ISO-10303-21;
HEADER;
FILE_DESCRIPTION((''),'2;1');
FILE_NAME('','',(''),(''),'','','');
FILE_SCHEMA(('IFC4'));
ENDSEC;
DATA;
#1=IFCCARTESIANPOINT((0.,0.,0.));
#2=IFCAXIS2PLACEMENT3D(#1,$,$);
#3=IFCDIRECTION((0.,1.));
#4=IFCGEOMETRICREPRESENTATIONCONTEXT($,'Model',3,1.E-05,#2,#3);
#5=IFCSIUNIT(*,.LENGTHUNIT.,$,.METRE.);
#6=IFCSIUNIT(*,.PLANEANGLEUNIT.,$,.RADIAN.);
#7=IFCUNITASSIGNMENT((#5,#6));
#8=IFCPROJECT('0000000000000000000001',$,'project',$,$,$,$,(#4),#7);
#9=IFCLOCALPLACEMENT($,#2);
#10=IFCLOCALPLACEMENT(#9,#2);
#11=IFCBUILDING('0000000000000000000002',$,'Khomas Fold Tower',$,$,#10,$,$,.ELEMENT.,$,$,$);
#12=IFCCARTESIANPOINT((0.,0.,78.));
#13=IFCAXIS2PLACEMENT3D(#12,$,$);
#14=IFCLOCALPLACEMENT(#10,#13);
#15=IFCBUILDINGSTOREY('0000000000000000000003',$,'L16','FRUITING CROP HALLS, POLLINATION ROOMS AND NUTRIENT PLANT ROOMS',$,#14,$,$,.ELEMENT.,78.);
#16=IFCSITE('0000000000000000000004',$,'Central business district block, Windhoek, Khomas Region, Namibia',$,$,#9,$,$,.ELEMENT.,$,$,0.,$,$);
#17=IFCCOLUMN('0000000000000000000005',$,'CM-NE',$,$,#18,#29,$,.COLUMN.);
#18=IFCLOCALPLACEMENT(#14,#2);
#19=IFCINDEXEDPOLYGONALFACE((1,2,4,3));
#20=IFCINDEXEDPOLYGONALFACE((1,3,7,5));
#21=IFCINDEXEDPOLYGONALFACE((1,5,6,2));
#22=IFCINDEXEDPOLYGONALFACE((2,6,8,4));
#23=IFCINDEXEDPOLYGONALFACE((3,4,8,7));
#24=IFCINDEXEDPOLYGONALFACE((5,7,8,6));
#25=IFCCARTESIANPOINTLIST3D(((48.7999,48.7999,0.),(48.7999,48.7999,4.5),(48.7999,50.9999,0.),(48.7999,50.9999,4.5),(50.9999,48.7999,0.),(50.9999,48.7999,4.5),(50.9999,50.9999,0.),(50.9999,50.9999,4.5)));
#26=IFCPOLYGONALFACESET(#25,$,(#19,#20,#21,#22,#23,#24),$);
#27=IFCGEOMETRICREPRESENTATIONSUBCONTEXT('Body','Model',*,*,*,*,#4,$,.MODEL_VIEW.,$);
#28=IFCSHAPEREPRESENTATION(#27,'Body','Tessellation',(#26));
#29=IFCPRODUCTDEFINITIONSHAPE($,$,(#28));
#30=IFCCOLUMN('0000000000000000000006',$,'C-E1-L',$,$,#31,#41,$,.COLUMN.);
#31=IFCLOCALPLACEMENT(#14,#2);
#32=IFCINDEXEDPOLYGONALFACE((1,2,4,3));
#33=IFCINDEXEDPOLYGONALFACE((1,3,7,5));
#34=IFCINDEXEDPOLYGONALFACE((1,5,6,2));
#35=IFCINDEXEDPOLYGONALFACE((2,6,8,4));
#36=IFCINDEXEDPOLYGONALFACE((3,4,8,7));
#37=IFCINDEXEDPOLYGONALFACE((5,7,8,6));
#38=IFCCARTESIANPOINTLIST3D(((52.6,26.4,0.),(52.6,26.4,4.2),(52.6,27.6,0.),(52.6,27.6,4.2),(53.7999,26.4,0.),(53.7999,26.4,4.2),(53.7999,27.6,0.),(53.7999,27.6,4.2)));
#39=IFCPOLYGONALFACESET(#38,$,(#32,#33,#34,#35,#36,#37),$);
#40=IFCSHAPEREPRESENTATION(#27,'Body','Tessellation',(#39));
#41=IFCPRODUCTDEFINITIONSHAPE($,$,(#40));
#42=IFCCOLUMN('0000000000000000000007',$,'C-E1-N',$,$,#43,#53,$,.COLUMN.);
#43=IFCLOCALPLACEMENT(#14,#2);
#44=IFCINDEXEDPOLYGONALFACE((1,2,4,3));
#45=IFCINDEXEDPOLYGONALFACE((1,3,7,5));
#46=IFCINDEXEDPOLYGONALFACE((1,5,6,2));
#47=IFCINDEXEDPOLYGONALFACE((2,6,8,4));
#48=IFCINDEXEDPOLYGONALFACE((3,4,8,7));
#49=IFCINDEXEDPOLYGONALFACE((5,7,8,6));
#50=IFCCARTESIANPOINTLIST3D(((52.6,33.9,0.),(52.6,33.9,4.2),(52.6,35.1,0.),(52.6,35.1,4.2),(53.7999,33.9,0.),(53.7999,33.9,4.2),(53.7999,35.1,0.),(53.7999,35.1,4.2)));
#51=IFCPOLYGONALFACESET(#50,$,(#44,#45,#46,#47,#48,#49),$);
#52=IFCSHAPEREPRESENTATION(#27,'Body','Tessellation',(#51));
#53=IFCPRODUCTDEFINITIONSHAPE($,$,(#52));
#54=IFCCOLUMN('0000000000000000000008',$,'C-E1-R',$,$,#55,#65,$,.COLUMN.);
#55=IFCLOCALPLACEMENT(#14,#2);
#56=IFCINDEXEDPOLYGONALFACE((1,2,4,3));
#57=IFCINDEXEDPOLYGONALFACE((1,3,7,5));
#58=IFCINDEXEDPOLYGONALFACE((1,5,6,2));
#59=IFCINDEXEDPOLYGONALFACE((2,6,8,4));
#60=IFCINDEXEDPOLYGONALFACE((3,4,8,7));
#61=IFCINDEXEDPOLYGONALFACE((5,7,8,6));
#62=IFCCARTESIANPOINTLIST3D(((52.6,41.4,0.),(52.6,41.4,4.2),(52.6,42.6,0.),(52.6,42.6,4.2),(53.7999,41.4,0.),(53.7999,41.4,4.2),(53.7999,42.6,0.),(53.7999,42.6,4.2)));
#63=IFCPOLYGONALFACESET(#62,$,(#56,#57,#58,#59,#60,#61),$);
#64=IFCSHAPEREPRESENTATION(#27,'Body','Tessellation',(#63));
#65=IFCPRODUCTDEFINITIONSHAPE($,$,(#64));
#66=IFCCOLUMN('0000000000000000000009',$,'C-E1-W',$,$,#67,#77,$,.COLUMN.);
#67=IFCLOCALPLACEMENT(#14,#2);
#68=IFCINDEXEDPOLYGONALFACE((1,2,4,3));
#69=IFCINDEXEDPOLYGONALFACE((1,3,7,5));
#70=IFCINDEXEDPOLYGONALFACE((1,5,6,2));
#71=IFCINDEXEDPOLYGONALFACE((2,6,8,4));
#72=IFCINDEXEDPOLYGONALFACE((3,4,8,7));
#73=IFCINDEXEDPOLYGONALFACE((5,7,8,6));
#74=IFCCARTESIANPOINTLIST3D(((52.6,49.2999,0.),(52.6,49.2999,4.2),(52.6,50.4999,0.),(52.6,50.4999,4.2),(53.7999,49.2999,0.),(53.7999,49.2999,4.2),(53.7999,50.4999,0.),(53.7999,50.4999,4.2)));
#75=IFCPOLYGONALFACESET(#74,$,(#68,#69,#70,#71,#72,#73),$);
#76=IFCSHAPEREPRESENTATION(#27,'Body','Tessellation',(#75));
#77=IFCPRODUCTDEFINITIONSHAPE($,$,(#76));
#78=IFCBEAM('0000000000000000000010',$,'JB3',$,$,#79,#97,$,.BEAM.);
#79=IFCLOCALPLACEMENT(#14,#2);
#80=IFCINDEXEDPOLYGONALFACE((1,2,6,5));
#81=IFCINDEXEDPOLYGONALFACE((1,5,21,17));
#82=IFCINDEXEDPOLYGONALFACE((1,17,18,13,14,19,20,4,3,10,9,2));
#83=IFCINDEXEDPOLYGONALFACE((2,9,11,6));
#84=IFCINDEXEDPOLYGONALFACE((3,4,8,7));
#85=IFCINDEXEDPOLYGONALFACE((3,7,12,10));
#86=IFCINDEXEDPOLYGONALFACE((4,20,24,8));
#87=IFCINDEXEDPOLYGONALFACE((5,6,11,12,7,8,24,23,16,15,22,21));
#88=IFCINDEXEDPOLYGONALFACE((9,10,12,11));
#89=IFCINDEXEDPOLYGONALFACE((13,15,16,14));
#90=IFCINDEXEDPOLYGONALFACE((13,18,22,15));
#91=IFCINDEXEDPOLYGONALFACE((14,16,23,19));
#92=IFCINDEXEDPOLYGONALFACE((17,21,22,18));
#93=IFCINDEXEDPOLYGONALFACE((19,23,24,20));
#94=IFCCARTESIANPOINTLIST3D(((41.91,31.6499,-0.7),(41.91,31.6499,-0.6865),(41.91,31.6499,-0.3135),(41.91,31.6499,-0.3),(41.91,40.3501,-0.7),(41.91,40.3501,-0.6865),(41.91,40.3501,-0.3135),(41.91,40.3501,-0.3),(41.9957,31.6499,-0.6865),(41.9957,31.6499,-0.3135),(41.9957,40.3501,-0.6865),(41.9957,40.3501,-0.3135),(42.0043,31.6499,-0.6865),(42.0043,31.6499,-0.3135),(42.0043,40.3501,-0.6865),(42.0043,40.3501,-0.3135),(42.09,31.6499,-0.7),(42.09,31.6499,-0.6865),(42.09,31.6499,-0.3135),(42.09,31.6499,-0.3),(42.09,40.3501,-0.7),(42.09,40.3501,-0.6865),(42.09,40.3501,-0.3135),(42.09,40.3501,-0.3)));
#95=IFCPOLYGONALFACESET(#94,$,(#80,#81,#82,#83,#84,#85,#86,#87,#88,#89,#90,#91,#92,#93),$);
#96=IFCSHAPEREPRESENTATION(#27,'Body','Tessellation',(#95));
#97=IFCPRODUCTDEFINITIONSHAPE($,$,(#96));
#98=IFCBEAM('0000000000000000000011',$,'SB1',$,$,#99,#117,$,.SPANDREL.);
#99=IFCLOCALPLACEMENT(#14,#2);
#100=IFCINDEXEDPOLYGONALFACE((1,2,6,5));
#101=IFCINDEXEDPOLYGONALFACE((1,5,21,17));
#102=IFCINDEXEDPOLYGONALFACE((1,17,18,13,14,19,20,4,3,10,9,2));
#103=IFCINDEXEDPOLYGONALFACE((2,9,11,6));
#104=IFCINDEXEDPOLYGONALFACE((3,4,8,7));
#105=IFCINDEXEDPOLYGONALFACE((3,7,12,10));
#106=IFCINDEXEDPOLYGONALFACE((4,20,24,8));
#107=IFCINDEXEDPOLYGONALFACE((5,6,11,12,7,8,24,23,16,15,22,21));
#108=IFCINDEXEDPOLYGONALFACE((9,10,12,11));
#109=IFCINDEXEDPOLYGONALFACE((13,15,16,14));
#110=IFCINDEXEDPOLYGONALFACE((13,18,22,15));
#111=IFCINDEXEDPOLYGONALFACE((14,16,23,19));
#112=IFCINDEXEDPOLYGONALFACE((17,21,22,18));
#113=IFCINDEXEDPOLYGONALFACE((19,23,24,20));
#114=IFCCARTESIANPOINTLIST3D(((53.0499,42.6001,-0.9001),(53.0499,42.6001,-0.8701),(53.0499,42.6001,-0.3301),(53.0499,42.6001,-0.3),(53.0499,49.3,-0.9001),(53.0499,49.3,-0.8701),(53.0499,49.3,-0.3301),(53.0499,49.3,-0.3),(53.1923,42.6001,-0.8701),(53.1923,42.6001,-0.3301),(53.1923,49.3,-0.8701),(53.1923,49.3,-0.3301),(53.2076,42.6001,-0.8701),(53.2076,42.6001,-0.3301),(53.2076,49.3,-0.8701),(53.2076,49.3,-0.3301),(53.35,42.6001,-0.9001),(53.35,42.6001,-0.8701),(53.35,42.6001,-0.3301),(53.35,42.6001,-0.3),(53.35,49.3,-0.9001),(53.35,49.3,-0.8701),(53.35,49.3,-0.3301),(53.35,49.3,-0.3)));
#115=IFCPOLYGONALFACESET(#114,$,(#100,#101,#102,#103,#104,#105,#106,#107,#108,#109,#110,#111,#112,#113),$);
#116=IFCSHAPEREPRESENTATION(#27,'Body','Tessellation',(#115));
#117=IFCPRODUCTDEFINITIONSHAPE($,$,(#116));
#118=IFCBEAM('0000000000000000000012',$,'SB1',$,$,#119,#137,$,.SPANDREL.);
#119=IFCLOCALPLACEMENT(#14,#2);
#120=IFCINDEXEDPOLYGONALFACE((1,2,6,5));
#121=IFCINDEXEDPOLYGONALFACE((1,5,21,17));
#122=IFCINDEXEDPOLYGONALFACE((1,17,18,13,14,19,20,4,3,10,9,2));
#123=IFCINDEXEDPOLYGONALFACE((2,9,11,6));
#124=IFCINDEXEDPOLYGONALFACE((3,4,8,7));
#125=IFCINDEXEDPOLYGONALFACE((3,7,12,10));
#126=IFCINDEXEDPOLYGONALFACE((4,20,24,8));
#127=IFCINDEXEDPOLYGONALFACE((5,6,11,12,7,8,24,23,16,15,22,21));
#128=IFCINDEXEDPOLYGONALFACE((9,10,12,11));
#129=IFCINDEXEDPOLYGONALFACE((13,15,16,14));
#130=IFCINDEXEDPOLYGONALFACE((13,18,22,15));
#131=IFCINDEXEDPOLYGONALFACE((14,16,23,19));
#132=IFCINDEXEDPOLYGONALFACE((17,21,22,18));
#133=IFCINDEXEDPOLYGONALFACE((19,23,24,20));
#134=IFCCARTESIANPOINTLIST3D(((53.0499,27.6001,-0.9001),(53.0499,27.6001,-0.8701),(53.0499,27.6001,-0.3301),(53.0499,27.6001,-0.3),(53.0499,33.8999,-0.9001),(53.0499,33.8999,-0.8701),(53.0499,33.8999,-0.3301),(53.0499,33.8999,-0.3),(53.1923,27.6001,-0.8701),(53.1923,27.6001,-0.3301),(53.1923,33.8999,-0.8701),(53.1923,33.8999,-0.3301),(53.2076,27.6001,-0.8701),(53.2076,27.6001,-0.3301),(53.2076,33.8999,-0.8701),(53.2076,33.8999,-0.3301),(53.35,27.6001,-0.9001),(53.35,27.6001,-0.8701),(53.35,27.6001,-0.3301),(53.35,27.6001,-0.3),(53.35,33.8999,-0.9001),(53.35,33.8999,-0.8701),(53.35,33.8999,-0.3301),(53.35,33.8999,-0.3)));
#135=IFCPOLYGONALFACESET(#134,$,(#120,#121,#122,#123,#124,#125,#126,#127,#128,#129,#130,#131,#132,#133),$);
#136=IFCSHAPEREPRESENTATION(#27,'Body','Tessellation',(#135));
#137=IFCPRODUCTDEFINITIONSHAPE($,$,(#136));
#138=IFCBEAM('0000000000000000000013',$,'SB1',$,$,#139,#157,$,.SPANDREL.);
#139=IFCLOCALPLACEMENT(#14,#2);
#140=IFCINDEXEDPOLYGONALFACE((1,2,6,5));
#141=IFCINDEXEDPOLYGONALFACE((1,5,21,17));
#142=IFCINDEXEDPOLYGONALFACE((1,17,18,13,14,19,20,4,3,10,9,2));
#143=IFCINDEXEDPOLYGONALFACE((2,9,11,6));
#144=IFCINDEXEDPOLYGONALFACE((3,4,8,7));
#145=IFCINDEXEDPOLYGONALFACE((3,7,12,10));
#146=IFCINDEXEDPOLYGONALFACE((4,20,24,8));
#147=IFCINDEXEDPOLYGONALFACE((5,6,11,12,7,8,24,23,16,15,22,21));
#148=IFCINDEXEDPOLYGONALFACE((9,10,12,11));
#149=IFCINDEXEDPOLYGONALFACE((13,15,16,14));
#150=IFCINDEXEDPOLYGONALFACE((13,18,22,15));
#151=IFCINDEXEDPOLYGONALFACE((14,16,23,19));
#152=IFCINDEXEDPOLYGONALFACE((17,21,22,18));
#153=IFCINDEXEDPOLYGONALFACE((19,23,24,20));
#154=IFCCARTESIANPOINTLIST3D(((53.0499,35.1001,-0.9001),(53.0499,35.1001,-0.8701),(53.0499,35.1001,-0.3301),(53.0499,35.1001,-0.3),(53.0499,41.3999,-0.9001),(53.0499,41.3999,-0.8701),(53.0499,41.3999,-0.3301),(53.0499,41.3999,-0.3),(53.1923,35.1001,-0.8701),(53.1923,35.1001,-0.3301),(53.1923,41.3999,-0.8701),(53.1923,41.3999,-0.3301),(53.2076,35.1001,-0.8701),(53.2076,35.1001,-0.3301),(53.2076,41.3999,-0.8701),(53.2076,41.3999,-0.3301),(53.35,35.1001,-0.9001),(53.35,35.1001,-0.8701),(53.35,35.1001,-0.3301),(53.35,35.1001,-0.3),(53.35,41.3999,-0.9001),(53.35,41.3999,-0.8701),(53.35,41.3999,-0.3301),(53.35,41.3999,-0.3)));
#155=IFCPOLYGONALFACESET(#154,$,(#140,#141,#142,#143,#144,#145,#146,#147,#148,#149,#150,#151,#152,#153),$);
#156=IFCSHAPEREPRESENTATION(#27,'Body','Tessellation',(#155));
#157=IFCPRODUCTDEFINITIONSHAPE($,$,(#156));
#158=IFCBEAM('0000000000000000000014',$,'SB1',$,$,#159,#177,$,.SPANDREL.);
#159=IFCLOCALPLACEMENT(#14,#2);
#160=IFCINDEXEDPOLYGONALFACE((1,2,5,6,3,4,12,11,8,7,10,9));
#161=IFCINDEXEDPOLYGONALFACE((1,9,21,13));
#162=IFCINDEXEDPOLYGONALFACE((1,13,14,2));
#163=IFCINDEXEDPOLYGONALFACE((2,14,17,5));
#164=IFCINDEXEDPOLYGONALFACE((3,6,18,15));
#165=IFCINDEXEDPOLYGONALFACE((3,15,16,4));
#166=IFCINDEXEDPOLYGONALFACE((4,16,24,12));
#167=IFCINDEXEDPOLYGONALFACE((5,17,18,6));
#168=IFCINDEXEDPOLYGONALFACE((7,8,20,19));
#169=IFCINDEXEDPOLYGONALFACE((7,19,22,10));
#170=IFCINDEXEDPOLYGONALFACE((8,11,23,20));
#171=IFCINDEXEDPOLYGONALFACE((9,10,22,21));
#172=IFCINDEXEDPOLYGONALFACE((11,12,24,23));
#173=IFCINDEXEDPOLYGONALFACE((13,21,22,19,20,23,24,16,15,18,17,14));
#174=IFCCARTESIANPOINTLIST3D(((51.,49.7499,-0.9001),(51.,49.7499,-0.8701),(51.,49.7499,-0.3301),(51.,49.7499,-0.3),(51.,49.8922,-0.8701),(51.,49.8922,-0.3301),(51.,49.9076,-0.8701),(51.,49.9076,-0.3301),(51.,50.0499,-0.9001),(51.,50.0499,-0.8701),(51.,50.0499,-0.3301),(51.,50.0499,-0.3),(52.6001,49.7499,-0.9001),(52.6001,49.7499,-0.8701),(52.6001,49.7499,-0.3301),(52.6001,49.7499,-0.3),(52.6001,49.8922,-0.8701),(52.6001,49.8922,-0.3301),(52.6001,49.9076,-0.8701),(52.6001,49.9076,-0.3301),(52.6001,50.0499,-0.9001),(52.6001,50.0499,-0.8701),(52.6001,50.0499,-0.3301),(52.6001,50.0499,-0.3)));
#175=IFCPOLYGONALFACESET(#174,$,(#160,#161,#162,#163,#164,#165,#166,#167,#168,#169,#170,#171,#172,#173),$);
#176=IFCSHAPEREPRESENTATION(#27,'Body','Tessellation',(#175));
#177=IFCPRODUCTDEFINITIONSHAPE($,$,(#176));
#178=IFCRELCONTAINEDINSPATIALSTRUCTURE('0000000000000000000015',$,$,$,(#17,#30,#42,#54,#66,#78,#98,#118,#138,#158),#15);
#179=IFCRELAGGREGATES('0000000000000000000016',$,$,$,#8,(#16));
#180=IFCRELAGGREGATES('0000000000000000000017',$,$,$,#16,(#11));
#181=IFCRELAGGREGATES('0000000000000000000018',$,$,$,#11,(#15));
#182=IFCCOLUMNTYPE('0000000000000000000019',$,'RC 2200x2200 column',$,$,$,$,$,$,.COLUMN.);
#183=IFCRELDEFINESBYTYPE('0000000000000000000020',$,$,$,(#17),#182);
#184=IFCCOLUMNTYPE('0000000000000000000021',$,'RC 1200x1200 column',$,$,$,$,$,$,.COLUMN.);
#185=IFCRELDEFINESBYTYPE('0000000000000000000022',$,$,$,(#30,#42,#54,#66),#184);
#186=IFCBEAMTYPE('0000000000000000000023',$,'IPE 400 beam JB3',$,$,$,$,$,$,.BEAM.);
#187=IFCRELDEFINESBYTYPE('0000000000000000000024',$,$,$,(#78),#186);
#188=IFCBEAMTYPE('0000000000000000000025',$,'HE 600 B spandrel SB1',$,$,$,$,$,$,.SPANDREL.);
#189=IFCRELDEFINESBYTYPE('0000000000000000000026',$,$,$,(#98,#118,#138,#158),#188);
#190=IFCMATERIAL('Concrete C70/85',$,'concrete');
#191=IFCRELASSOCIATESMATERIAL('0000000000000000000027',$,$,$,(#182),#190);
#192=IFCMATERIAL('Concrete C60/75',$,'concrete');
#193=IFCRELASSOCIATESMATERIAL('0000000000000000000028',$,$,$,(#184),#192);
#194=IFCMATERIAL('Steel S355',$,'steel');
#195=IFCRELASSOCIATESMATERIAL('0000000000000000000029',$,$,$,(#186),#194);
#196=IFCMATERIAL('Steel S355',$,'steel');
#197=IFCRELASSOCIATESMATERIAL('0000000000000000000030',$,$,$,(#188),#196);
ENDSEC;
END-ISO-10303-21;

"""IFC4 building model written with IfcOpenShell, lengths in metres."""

from ifc_helpers import new_model, si_unit, direction, frame, origin, origin_2d, place, context, subcontext, project, spatial, rectangle, i_section, extrude, source, transform, mapped, material, material_profile, profile_set, type_object, element, save


model = new_model("IFC4")

# Units and contexts
model_context = context("Model", 3, precision=1e-05, world=origin(), true_north=direction((0.0, 1.0)))
body_context = subcontext(model_context, "Body", "Model", "MODEL_VIEW")
ifc_project = project(units=[si_unit("LENGTHUNIT", "METRE"), si_unit("PLANEANGLEUNIT", "RADIAN")], contexts=[model_context])

# Site, building, storey
site_placement = place(None, origin())
site = spatial("IfcSite", under=ifc_project, at=site_placement, Name="Central business district block, Windhoek, Khomas Region, Namibia", CompositionType="ELEMENT", RefElevation=0.0)
building_placement = place(site_placement, origin())
building = spatial("IfcBuilding", under=site, at=building_placement, Name="Khomas Fold Tower", CompositionType="ELEMENT")
storey_placement = place(building_placement, frame((0.0, 0.0, 78.0)))
storey = spatial("IfcBuildingStorey", under=building, at=storey_placement, Name="L16", Description="FRUITING CROP HALLS, POLLINATION ROOMS AND NUTRIENT PLANT ROOMS", CompositionType="ELEMENT", Elevation=78.0)

# Columns
ifc_material_1 = material(Name="Concrete C70/85", Category="concrete")
ifc_material_profile_1 = material_profile(ifc_material_1, rectangle(XDim=2.2, YDim=2.2, at=origin_2d()), Name="RC 2200x2200")
ifc_profile_set_1 = profile_set([ifc_material_profile_1], Name="Concrete C70/85")
column_type_1 = type_object("IfcColumnType", Name="RC 2200x2200 column", PredefinedType="COLUMN", material=ifc_profile_set_1)
shared_shape_1 = source(origin(), body_context, "Body", "SweptSolid", [
    extrude(rectangle(XDim=2.2, YDim=2.2, at=origin_2d()), origin(), (0.0, 0.0, 1.0), 4.5),
])
column_placement = place(storey_placement, frame((49.8999, 49.8999, 0.0), z_axis=(0.0, 0.0, 1.0), x_axis=(1.0, 0.0, 0.0)))
element("IfcColumn", 1, at=column_placement, inside=storey, type_object=column_type_1, Name="CM-NE", PredefinedType="COLUMN", context=body_context, shape_type="MappedRepresentation", body=[
    mapped(shared_shape_1, transform((0.0, 0.0, 0.0))),
])
ifc_material_2 = material(Name="Concrete C60/75", Category="concrete")
ifc_material_profile_2 = material_profile(ifc_material_2, rectangle(XDim=1.2, YDim=1.2, at=origin_2d()), Name="RC 1200x1200")
ifc_profile_set_2 = profile_set([ifc_material_profile_2], Name="Concrete C60/75")
column_type_2 = type_object("IfcColumnType", Name="RC 1200x1200 column", PredefinedType="COLUMN", material=ifc_profile_set_2)
shared_shape_2 = source(origin(), body_context, "Body", "SweptSolid", [
    extrude(rectangle(XDim=1.2, YDim=1.2, at=origin_2d()), origin(), (0.0, 0.0, 1.0), 4.2),
])
for number, where, z_axis, x_axis, name in (
    (2, (53.2, 27.0, 0.0), (0.0, 0.0, 1.0), (1.0, 0.0, 0.0), "C-E1-L"),
    (3, (53.2, 34.5, 0.0), (0.0, 0.0, 1.0), (1.0, 0.0, 0.0), "C-E1-N"),
    (4, (53.2, 42.0, 0.0), (0.0, 0.0, 1.0), (1.0, 0.0, 0.0), "C-E1-R"),
    (5, (53.2, 49.8999, 0.0), (0.0, 0.0, 1.0), (1.0, 0.0, 0.0), "C-E1-W"),
):
    element("IfcColumn", number, at=place(storey_placement, frame(where, z_axis=z_axis, x_axis=x_axis)), inside=storey, type_object=column_type_2, Name=name, PredefinedType="COLUMN", context=body_context, shape_type="MappedRepresentation", body=[
        mapped(shared_shape_2, transform((0.0, 0.0, 0.0))),
    ])

# Beams
ifc_material_3 = material(Name="Steel S355", Category="steel")
ifc_material_profile_3 = material_profile(ifc_material_3, i_section(OverallWidth=0.1799, OverallDepth=0.3999, WebThickness=0.0085, FlangeThickness=0.0134, at=origin_2d()), Name="IPE 400")
ifc_profile_set_3 = profile_set([ifc_material_profile_3], Name="Steel S355")
beam_type_1 = type_object("IfcBeamType", Name="IPE 400 beam JB3", PredefinedType="BEAM", material=ifc_profile_set_3)
shared_shape_3 = source(origin(), body_context, "Body", "SweptSolid", [
    extrude(i_section(OverallWidth=0.1799, OverallDepth=0.3999, WebThickness=0.0085, FlangeThickness=0.0134, at=origin_2d()), origin(), (0.0, 0.0, 1.0), 8.7002),
])
beam_1_placement = place(storey_placement, frame((42.0, 31.6499, -0.5), z_axis=(0.0, 1.0, 0.0), x_axis=(-1.0, 0.0, 0.0)))
element("IfcBeam", 6, at=beam_1_placement, inside=storey, type_object=beam_type_1, Name="JB3", PredefinedType="BEAM", context=body_context, shape_type="MappedRepresentation", body=[
    mapped(shared_shape_3, transform((0.0, 0.0, 0.0))),
])
ifc_material_4 = material(Name="Steel S355", Category="steel")
ifc_material_profile_4 = material_profile(ifc_material_4, i_section(OverallWidth=0.3, OverallDepth=0.6001, WebThickness=0.0154, FlangeThickness=0.03, at=origin_2d()), Name="HE 600 B")
ifc_profile_set_4 = profile_set([ifc_material_profile_4], Name="Steel S355")
beam_type_2 = type_object("IfcBeamType", Name="HE 600 B spandrel SB1", PredefinedType="SPANDREL", material=ifc_profile_set_4)
shared_shape_4 = source(origin(), body_context, "Body", "SweptSolid", [
    extrude(i_section(OverallWidth=0.3, OverallDepth=0.6001, WebThickness=0.0154, FlangeThickness=0.03, at=origin_2d()), origin(), (0.0, 0.0, 1.0), 6.7),
])
beam_2_placement = place(storey_placement, frame((53.2, 42.6001, -0.6001), z_axis=(0.0, 1.0, 0.0), x_axis=(-1.0, 0.0, 0.0)))
element("IfcBeam", 7, at=beam_2_placement, inside=storey, type_object=beam_type_2, Name="SB1", PredefinedType="SPANDREL", context=body_context, shape_type="MappedRepresentation", body=[
    mapped(shared_shape_4, transform((0.0, 0.0, 0.0))),
])
shared_shape_5 = source(origin(), body_context, "Body", "SweptSolid", [
    extrude(i_section(OverallWidth=0.3, OverallDepth=0.6001, WebThickness=0.0154, FlangeThickness=0.03, at=origin_2d()), origin(), (0.0, 0.0, 1.0), 6.2998),
])
for number, where, z_axis, x_axis, name in (
    (8, (53.2, 27.6001, -0.6001), (0.0, 1.0, 0.0), (-1.0, 0.0, 0.0), "SB1"),
    (9, (53.2, 35.1001, -0.6001), (0.0, 1.0, 0.0), (-1.0, 0.0, 0.0), "SB1"),
):
    element("IfcBeam", number, at=place(storey_placement, frame(where, z_axis=z_axis, x_axis=x_axis)), inside=storey, type_object=beam_type_2, Name=name, PredefinedType="SPANDREL", context=body_context, shape_type="MappedRepresentation", body=[
        mapped(shared_shape_5, transform((0.0, 0.0, 0.0))),
    ])
shared_shape_6 = source(origin(), body_context, "Body", "SweptSolid", [
    extrude(i_section(OverallWidth=0.3, OverallDepth=0.6001, WebThickness=0.0154, FlangeThickness=0.03, at=origin_2d()), origin(), (0.0, 0.0, 1.0), 1.6001),
])
beam_3_placement = place(storey_placement, frame((51.0, 49.8999, -0.6001), z_axis=(1.0, 0.0, 0.0), x_axis=(0.0, 1.0, 0.0)))
element("IfcBeam", 10, at=beam_3_placement, inside=storey, type_object=beam_type_2, Name="SB1", PredefinedType="SPANDREL", context=body_context, shape_type="MappedRepresentation", body=[
    mapped(shared_shape_6, transform((0.0, 0.0, 0.0))),
])

save(model, "model.ifc")
